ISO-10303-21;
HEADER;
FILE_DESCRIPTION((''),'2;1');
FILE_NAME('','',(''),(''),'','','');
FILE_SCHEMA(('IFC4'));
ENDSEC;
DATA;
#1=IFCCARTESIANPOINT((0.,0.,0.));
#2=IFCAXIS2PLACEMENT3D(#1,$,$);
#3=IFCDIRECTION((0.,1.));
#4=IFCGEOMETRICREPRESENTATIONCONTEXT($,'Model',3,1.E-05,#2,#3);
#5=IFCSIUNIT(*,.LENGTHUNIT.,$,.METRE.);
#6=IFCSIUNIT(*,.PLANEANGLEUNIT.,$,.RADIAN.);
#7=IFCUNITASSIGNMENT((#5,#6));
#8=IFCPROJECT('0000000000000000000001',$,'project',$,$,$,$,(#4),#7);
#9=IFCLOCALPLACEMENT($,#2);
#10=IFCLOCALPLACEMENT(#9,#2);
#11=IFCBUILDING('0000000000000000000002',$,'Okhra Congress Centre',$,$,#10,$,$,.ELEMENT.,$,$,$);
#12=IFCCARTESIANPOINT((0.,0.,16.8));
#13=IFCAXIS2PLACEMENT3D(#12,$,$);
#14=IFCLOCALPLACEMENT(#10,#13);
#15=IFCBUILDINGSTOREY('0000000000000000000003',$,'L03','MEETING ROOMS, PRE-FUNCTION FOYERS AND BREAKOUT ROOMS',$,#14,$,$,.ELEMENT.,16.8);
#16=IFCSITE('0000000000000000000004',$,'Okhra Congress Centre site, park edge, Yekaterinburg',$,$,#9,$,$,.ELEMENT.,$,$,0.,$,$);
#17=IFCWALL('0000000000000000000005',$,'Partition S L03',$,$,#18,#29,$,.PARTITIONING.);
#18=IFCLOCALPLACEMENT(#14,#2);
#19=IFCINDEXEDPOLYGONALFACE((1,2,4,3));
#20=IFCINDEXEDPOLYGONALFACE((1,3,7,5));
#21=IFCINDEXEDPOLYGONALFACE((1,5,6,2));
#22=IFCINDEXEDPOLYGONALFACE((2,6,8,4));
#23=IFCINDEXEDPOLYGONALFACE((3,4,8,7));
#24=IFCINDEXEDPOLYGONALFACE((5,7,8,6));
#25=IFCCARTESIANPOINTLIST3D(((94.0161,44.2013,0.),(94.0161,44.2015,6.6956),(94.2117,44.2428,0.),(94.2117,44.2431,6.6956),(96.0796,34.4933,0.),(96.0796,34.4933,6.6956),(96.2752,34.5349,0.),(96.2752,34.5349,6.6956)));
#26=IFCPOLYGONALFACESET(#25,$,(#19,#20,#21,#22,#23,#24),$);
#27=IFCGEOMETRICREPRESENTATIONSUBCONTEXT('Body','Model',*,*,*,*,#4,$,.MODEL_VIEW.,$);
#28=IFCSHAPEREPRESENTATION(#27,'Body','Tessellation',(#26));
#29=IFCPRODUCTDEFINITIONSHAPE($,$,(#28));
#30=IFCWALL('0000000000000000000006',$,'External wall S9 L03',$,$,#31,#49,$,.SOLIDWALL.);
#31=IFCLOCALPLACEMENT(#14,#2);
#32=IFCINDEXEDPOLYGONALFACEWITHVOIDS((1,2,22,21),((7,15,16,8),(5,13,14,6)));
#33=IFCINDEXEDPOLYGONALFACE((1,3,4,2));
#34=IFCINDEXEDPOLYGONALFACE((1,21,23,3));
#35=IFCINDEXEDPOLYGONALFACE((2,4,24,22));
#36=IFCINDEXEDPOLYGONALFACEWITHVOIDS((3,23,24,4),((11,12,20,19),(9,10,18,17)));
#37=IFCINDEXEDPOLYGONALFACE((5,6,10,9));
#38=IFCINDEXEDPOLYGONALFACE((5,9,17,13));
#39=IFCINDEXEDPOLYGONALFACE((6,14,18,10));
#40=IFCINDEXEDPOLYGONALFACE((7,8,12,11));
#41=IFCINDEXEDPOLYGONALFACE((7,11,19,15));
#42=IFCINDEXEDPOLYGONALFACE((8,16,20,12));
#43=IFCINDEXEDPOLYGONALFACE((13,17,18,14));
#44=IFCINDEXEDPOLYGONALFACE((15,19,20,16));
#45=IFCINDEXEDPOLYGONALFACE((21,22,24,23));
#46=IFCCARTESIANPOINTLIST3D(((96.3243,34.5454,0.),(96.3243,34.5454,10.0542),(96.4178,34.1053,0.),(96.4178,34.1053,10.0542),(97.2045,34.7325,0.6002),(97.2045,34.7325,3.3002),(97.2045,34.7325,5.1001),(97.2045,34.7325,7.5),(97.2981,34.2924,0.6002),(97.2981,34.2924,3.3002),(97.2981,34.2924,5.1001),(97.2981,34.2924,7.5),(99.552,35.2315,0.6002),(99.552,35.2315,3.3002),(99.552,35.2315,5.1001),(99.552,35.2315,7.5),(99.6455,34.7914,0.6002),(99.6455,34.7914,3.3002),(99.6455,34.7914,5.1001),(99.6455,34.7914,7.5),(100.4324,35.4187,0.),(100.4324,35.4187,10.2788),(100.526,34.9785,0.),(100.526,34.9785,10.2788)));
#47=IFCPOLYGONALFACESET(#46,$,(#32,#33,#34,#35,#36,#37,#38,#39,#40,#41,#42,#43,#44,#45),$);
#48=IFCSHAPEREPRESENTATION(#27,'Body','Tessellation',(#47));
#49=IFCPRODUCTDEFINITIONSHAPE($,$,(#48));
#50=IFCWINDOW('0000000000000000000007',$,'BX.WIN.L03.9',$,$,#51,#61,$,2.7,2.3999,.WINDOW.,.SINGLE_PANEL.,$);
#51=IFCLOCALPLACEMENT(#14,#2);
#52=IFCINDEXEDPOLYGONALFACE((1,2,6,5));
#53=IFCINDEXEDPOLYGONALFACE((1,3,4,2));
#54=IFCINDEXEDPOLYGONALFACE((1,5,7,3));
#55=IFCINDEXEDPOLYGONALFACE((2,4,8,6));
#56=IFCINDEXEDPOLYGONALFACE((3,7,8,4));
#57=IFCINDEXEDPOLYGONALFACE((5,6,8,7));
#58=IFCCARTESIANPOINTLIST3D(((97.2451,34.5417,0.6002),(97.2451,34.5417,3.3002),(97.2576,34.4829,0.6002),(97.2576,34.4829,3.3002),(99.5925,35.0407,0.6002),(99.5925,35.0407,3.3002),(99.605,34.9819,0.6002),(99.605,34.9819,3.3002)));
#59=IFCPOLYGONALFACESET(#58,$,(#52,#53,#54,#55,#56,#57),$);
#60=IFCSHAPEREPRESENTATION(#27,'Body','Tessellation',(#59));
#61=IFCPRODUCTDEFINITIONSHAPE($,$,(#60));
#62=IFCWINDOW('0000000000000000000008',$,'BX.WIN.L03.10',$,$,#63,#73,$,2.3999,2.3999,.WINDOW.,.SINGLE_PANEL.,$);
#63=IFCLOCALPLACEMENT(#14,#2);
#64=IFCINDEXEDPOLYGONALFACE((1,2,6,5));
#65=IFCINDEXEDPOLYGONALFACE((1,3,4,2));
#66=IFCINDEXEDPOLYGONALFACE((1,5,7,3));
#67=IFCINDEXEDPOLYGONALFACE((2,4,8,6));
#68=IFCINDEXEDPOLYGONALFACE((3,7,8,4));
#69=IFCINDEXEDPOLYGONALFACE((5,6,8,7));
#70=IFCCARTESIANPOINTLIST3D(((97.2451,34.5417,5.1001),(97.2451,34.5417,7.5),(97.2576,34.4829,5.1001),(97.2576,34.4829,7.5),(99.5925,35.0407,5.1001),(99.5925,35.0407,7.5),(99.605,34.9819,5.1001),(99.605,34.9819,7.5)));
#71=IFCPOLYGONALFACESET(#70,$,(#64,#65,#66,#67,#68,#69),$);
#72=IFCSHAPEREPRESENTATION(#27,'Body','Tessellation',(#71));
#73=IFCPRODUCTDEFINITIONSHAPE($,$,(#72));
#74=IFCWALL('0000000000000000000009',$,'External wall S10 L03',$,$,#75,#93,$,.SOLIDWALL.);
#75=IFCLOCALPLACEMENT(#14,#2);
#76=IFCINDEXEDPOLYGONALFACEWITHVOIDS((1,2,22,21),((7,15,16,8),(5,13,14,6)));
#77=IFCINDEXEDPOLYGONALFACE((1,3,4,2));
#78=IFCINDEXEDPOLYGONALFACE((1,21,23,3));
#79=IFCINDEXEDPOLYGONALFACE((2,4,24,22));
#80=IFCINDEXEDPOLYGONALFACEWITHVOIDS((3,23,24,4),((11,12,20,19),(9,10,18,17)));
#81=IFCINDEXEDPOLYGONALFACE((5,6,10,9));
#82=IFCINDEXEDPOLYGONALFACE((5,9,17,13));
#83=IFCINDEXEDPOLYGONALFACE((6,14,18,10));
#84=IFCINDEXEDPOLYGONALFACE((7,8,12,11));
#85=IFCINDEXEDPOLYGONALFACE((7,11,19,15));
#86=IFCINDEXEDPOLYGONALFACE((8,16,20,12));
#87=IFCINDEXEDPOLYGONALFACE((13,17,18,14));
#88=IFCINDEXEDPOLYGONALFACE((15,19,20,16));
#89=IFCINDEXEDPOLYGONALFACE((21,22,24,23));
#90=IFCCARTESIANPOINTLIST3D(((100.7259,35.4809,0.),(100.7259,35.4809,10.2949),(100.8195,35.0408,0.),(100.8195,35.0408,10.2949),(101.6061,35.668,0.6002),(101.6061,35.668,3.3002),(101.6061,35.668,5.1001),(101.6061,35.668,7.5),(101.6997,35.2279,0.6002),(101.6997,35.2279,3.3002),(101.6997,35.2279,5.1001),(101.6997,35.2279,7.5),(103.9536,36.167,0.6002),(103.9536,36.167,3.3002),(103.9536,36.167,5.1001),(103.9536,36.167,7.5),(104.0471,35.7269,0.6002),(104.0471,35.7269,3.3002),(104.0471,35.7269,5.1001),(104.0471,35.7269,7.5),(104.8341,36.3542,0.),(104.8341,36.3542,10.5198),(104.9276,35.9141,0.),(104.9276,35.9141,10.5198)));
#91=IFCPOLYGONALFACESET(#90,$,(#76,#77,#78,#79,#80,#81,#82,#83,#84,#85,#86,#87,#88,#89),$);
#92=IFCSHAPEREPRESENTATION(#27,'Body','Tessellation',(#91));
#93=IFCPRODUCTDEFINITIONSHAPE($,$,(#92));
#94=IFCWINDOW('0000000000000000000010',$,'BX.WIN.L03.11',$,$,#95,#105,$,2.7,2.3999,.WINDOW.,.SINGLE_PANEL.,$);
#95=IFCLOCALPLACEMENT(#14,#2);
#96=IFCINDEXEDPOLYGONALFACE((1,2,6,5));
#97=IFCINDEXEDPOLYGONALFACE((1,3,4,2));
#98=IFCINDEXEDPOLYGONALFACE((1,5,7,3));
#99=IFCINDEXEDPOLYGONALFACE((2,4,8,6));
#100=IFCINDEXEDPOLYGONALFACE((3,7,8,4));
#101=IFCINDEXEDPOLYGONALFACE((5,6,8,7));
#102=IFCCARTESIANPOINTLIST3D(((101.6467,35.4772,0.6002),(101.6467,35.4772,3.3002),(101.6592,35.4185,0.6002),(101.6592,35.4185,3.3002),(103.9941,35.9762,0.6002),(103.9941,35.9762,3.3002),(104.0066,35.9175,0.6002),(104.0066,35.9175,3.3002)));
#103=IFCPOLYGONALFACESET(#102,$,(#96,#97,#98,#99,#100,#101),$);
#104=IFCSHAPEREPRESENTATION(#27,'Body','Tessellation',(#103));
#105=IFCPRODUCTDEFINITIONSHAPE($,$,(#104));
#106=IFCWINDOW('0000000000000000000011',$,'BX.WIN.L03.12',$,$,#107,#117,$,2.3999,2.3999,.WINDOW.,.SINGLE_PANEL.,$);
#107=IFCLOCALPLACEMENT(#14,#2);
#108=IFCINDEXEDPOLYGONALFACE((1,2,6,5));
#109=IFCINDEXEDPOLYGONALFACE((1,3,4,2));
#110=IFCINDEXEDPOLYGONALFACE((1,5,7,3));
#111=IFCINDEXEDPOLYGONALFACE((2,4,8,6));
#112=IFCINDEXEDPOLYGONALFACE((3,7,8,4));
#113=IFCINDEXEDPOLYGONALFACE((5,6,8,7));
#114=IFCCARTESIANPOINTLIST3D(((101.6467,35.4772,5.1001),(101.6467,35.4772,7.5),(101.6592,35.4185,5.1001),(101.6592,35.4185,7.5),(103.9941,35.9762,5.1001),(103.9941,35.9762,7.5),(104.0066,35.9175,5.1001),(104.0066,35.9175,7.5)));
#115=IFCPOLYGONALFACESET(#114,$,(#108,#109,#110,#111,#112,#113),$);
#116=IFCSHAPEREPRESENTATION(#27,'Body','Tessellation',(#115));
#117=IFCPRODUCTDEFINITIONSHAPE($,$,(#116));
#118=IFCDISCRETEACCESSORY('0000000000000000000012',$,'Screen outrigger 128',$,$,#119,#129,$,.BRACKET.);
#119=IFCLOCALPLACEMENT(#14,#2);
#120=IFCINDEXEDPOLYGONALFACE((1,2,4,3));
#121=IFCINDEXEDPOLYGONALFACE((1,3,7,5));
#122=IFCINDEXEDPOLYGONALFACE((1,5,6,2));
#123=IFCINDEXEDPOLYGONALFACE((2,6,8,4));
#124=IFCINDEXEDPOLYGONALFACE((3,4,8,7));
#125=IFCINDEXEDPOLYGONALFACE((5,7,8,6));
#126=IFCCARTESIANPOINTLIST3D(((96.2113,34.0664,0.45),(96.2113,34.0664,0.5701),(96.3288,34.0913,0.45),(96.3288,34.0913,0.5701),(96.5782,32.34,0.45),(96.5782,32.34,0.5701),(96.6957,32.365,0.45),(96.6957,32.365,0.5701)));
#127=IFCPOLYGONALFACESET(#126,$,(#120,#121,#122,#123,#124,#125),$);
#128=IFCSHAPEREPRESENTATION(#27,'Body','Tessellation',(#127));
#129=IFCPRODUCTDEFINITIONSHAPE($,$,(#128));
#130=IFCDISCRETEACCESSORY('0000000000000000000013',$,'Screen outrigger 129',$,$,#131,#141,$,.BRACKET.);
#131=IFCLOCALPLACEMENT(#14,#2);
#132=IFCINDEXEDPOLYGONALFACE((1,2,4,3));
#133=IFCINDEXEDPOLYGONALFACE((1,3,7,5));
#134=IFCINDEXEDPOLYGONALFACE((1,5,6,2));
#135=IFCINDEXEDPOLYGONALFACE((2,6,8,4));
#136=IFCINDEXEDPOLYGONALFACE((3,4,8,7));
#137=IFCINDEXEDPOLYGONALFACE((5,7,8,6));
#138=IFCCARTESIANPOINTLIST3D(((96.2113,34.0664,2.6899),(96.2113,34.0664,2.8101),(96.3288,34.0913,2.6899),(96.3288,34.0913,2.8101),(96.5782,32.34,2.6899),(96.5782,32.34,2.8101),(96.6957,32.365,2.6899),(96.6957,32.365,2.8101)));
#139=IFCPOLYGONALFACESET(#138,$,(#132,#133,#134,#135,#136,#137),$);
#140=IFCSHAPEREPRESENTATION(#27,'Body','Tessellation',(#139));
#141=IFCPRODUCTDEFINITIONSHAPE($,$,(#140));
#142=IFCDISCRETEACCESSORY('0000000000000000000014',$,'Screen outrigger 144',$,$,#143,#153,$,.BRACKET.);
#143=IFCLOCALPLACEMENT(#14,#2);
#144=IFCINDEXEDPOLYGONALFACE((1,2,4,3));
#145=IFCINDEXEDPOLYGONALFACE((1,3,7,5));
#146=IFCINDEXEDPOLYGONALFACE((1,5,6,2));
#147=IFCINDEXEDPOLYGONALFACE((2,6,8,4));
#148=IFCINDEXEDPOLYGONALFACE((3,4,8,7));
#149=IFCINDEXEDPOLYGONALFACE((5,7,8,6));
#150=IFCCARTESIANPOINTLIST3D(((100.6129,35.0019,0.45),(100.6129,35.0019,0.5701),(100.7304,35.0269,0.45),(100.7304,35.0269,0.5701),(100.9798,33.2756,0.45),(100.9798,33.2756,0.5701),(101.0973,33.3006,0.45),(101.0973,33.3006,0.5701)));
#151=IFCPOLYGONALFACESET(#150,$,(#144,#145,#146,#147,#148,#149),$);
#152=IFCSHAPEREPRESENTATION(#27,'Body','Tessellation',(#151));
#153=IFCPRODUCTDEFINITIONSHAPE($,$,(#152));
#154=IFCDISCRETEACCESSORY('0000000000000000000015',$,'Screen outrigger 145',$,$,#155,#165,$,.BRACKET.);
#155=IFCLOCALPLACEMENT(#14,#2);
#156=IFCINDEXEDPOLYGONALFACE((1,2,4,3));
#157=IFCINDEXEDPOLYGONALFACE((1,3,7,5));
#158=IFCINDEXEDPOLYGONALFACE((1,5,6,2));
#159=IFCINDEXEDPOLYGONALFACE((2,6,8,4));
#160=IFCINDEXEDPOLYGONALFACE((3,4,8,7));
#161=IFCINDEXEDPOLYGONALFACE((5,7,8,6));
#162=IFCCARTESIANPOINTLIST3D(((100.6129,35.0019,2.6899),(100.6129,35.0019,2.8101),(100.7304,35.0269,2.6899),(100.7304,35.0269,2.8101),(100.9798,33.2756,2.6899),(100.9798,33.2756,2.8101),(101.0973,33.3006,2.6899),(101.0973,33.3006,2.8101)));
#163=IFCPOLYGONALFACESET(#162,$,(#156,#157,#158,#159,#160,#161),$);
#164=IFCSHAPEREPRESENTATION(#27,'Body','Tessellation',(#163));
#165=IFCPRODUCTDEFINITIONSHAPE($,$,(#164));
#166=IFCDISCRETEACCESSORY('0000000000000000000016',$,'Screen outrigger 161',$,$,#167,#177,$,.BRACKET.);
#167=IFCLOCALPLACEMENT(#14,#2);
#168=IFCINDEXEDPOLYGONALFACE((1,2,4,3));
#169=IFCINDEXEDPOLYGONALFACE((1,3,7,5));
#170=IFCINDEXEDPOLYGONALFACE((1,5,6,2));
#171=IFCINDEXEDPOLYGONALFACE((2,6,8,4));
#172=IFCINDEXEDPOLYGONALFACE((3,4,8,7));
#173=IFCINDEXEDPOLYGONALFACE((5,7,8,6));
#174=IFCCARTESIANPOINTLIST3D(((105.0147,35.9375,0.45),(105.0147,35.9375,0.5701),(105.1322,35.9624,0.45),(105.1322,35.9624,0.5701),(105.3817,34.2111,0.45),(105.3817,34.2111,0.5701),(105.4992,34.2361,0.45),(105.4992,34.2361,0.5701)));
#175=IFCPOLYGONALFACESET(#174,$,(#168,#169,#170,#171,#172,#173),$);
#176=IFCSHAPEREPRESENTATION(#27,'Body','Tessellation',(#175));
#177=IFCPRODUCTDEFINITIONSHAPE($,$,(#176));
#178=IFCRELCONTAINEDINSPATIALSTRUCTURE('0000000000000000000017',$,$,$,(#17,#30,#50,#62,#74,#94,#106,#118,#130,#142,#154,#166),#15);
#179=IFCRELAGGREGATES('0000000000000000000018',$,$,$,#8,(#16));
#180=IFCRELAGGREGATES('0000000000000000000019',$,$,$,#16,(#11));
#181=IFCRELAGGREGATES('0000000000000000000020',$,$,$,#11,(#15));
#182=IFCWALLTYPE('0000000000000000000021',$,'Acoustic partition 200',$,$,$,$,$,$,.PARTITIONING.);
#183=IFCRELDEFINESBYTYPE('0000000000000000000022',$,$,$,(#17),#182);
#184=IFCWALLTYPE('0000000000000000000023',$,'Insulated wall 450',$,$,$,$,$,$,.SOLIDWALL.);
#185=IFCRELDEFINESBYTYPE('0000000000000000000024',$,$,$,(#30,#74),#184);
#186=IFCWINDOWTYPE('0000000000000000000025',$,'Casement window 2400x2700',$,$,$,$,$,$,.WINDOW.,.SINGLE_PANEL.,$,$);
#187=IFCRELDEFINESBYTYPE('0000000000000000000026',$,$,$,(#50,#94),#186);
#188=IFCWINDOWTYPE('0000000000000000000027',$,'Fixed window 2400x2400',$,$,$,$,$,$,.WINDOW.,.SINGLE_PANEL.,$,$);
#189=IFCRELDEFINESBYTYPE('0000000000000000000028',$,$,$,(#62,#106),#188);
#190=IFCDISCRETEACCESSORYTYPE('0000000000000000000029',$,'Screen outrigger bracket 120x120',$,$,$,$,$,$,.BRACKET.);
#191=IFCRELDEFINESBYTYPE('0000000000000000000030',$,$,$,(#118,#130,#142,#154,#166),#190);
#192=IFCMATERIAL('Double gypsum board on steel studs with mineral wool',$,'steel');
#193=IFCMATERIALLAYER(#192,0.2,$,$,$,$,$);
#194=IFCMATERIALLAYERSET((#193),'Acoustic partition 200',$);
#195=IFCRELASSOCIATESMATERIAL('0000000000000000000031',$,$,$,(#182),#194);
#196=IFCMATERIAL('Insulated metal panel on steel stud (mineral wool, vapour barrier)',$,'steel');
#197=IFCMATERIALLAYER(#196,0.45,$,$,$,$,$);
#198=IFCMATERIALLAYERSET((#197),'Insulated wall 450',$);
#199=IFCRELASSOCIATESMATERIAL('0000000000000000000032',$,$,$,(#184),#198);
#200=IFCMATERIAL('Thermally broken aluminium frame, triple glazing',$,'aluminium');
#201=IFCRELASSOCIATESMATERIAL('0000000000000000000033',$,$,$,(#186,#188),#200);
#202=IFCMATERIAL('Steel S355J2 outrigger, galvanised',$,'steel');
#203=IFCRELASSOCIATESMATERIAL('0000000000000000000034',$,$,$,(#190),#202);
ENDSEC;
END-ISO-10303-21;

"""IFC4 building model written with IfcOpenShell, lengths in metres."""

from ifc_helpers import new_model, si_unit, direction, frame, frame_2d, origin, origin_2d, place, context, subcontext, project, spatial, polyline, rectangle, outline, extrude, material, layer, layer_set, material_profile, profile_set, type_object, element, fill, save


model = new_model("IFC4")

# Units and contexts
model_context = context("Model", 3, precision=1e-05, world=origin(), true_north=direction((0.0, 1.0)))
body_context = subcontext(model_context, "Body", "Model", "MODEL_VIEW")
ifc_project = project(units=[si_unit("LENGTHUNIT", "METRE"), si_unit("PLANEANGLEUNIT", "RADIAN")], contexts=[model_context])

# Site, building, storey
site_placement = place(None, origin())
site = spatial("IfcSite", under=ifc_project, at=site_placement, Name="Okhra Congress Centre site, park edge, Yekaterinburg", CompositionType="ELEMENT", RefElevation=0.0)
building_placement = place(site_placement, origin())
building = spatial("IfcBuilding", under=site, at=building_placement, Name="Okhra Congress Centre", CompositionType="ELEMENT")
storey_placement = place(building_placement, frame((0.0, 0.0, 16.8)))
storey = spatial("IfcBuildingStorey", under=building, at=storey_placement, Name="L03", Description="MEETING ROOMS, PRE-FUNCTION FOYERS AND BREAKOUT ROOMS", CompositionType="ELEMENT", Elevation=16.8)

# Wall
ifc_material_1 = material(Name="Double gypsum board on steel studs with mineral wool", Category="steel")
ifc_layer_1 = layer(ifc_material_1, 0.2)
ifc_layer_set_1 = layer_set([ifc_layer_1], Name="Acoustic partition 200")
wall_type_1 = type_object("IfcWallType", Name="Acoustic partition 200", PredefinedType="PARTITIONING", material=ifc_layer_set_1)
wall_1_placement = place(storey_placement, frame((96.1775, 34.5142, 0.0), z_axis=(0.0, 0.0, 1.0), x_axis=(-0.207909, 0.978148, 0.0)))
element("IfcWall", 1, at=wall_1_placement, inside=storey, type_object=wall_type_1, Name="Partition S L03", PredefinedType="PARTITIONING", context=body_context, shape_type="SweptSolid", body=[
    extrude(outline(polyline([(0.0, 0.0), (9.9248, 0.0), (9.925, 6.6956), (0.0, 6.6956), (0.0, 0.0)])), frame((0.0, 0.1001, 0.0), z_axis=(0.0, -1.0, 0.0), x_axis=(1.0, 0.0, 0.0)), (0.0, 0.0, 1.0), 0.2),
])

# Walls, openings, windows
ifc_material_2 = material(Name="Insulated metal panel on steel stud (mineral wool, vapour barrier)", Category="steel")
ifc_layer_2 = layer(ifc_material_2, 0.45)
ifc_layer_set_2 = layer_set([ifc_layer_2], Name="Insulated wall 450")
wall_type_2 = type_object("IfcWallType", Name="Insulated wall 450", PredefinedType="SOLIDWALL", material=ifc_layer_set_2)
wall_2_placement = place(storey_placement, frame((96.3711, 34.3252, 0.0), z_axis=(0.0, 0.0, 1.0), x_axis=(0.978144, 0.207929, 0.0)))
wall_2 = element("IfcWall", 2, at=wall_2_placement, inside=storey, type_object=wall_type_2, Name="External wall S9 L03", PredefinedType="SOLIDWALL", context=body_context, shape_type="SweptSolid", body=[
    extrude(outline(polyline([(0.0, 0.0), (4.2, 0.0), (4.2, 10.2788), (0.0, 10.0542), (0.0, 0.0)])), frame((0.0, 0.2251, 0.0), z_axis=(0.0, -1.0, 0.0), x_axis=(1.0, 0.0, 0.0)), (0.0, 0.0, 1.0), 0.45),
])
opening_1_placement = place(wall_2_placement, frame((0.8999, 0.0, 0.6001)))
opening_1 = element("IfcOpeningElement", 3, at=opening_1_placement, cuts=wall_2, PredefinedType="OPENING", context=body_context, shape_type="SweptSolid", body=[
    extrude(rectangle(XDim=2.3999, YDim=2.7, at=frame_2d((1.2, 1.3501))), frame((0.0, 0.2349, 0.0), z_axis=(0.0, -1.0, 0.0), x_axis=(1.0, 0.0, 0.0)), (0.0, 0.0, 1.0), 0.47),
])
opening_2_placement = place(wall_2_placement, frame((0.8999, 0.0, 5.1001)))
opening_2 = element("IfcOpeningElement", 4, at=opening_2_placement, cuts=wall_2, PredefinedType="OPENING", context=body_context, shape_type="SweptSolid", body=[
    extrude(rectangle(XDim=2.3999, YDim=2.3999, at=frame_2d((1.2, 1.2))), frame((0.0, 0.2349, 0.0), z_axis=(0.0, -1.0, 0.0), x_axis=(1.0, 0.0, 0.0)), (0.0, 0.0, 1.0), 0.47),
])
ifc_material_3 = material(Name="Thermally broken aluminium frame, triple glazing", Category="aluminium")
window_type_1 = type_object("IfcWindowType", Name="Casement window 2400x2700", PartitioningType="SINGLE_PANEL", PredefinedType="WINDOW", material=ifc_material_3)
window_1_placement = place(opening_1_placement, origin())
window_1 = element("IfcWindow", 5, at=window_1_placement, inside=storey, type_object=window_type_1, Name="BX.WIN.L03.9", OverallHeight=2.7, OverallWidth=2.3999, PartitioningType="SINGLE_PANEL", PredefinedType="WINDOW", context=body_context, shape_type="SweptSolid", body=[
    extrude(rectangle(XDim=2.3999, YDim=2.7, at=frame_2d((1.2, 1.3501))), frame((0.0, 0.03, 0.0), z_axis=(0.0, -1.0, 0.0), x_axis=(1.0, 0.0, 0.0)), (0.0, 0.0, 1.0), 0.0601),
])
fill(opening_1, window_1)
window_type_2 = type_object("IfcWindowType", Name="Fixed window 2400x2400", PartitioningType="SINGLE_PANEL", PredefinedType="WINDOW", material=ifc_material_3)
window_2_placement = place(opening_2_placement, origin())
window_2 = element("IfcWindow", 6, at=window_2_placement, inside=storey, type_object=window_type_2, Name="BX.WIN.L03.10", OverallHeight=2.3999, OverallWidth=2.3999, PartitioningType="SINGLE_PANEL", PredefinedType="WINDOW", context=body_context, shape_type="SweptSolid", body=[
    extrude(rectangle(XDim=2.3999, YDim=2.3999, at=frame_2d((1.2, 1.2))), frame((0.0, 0.03, 0.0), z_axis=(0.0, -1.0, 0.0), x_axis=(1.0, 0.0, 0.0)), (0.0, 0.0, 1.0), 0.0601),
])
fill(opening_2, window_2)
wall_3_placement = place(storey_placement, frame((100.7727, 35.2607, 0.0), z_axis=(0.0, 0.0, 1.0), x_axis=(0.978144, 0.207929, 0.0)))
wall_3 = element("IfcWall", 7, at=wall_3_placement, inside=storey, type_object=wall_type_2, Name="External wall S10 L03", PredefinedType="SOLIDWALL", context=body_context, shape_type="SweptSolid", body=[
    extrude(outline(polyline([(0.0, 0.0), (4.2, 0.0), (4.2, 10.5198), (0.0, 10.2949), (0.0, 0.0)])), frame((0.0, 0.2251, 0.0), z_axis=(0.0, -1.0, 0.0), x_axis=(1.0, 0.0, 0.0)), (0.0, 0.0, 1.0), 0.45),
])
opening_3_placement = place(wall_3_placement, frame((0.8999, 0.0, 0.6001)))
opening_3 = element("IfcOpeningElement", 8, at=opening_3_placement, cuts=wall_3, PredefinedType="OPENING", context=body_context, shape_type="SweptSolid", body=[
    extrude(rectangle(XDim=2.3999, YDim=2.7, at=frame_2d((1.2, 1.3501))), frame((0.0, 0.2349, 0.0), z_axis=(0.0, -1.0, 0.0), x_axis=(1.0, 0.0, 0.0)), (0.0, 0.0, 1.0), 0.47),
])
opening_4_placement = place(wall_3_placement, frame((0.8999, 0.0, 5.1001)))
opening_4 = element("IfcOpeningElement", 9, at=opening_4_placement, cuts=wall_3, PredefinedType="OPENING", context=body_context, shape_type="SweptSolid", body=[
    extrude(rectangle(XDim=2.3999, YDim=2.3999, at=frame_2d((1.2, 1.2))), frame((0.0, 0.2349, 0.0), z_axis=(0.0, -1.0, 0.0), x_axis=(1.0, 0.0, 0.0)), (0.0, 0.0, 1.0), 0.47),
])
window_3_placement = place(opening_3_placement, origin())
window_3 = element("IfcWindow", 10, at=window_3_placement, inside=storey, type_object=window_type_1, Name="BX.WIN.L03.11", OverallHeight=2.7, OverallWidth=2.3999, PartitioningType="SINGLE_PANEL", PredefinedType="WINDOW", context=body_context, shape_type="SweptSolid", body=[
    extrude(rectangle(XDim=2.3999, YDim=2.7, at=frame_2d((1.2, 1.3501))), frame((0.0, 0.03, 0.0), z_axis=(0.0, -1.0, 0.0), x_axis=(1.0, 0.0, 0.0)), (0.0, 0.0, 1.0), 0.0601),
])
fill(opening_3, window_3)
window_4_placement = place(opening_4_placement, origin())
window_4 = element("IfcWindow", 11, at=window_4_placement, inside=storey, type_object=window_type_2, Name="BX.WIN.L03.12", OverallHeight=2.3999, OverallWidth=2.3999, PartitioningType="SINGLE_PANEL", PredefinedType="WINDOW", context=body_context, shape_type="SweptSolid", body=[
    extrude(rectangle(XDim=2.3999, YDim=2.3999, at=frame_2d((1.2, 1.2))), frame((0.0, 0.03, 0.0), z_axis=(0.0, -1.0, 0.0), x_axis=(1.0, 0.0, 0.0)), (0.0, 0.0, 1.0), 0.0601),
])
fill(opening_4, window_4)

# Discrete accessories
ifc_material_4 = material(Name="Steel S355J2 outrigger, galvanised", Category="steel")
ifc_material_profile_1 = material_profile(ifc_material_4, rectangle(XDim=0.1201, YDim=0.1201, at=origin_2d()), Name="Screen outrigger bracket 120x120")
ifc_profile_set_1 = profile_set([ifc_material_profile_1], Name="Steel S355J2 outrigger, galvanised")
discrete_accessory_type = type_object("IfcDiscreteAccessoryType", Name="Screen outrigger bracket 120x120", PredefinedType="BRACKET", material=ifc_profile_set_1)
for number, where, z_axis, x_axis, name in (
    (12, (96.27, 34.0789, 0.51), (0.207913, -0.978147, 0.0), (0.978147, 0.207913, 0.0), "Screen outrigger 128"),
    (13, (96.27, 34.0789, 2.75), (0.207913, -0.978147, 0.0), (0.978147, 0.207913, 0.0), "Screen outrigger 129"),
    (14, (100.6716, 35.0144, 0.51), (0.207913, -0.978147, 0.0), (0.978147, 0.207913, 0.0), "Screen outrigger 144"),
    (15, (100.6716, 35.0144, 2.75), (0.207913, -0.978147, 0.0), (0.978147, 0.207913, 0.0), "Screen outrigger 145"),
    (16, (105.0735, 35.95, 0.51), (0.207913, -0.978147, 0.0), (0.978147, 0.207913, 0.0), "Screen outrigger 161"),
):
    element("IfcDiscreteAccessory", number, at=place(storey_placement, frame(where, z_axis=z_axis, x_axis=x_axis)), inside=storey, type_object=discrete_accessory_type, Name=name, PredefinedType="BRACKET", context=body_context, shape_type="SweptSolid", body=[
        extrude(rectangle(XDim=0.1201, YDim=0.1201, at=origin_2d()), origin(), (0.0, 0.0, 1.0), 1.7649),
    ])

save(model, "model.ifc")
